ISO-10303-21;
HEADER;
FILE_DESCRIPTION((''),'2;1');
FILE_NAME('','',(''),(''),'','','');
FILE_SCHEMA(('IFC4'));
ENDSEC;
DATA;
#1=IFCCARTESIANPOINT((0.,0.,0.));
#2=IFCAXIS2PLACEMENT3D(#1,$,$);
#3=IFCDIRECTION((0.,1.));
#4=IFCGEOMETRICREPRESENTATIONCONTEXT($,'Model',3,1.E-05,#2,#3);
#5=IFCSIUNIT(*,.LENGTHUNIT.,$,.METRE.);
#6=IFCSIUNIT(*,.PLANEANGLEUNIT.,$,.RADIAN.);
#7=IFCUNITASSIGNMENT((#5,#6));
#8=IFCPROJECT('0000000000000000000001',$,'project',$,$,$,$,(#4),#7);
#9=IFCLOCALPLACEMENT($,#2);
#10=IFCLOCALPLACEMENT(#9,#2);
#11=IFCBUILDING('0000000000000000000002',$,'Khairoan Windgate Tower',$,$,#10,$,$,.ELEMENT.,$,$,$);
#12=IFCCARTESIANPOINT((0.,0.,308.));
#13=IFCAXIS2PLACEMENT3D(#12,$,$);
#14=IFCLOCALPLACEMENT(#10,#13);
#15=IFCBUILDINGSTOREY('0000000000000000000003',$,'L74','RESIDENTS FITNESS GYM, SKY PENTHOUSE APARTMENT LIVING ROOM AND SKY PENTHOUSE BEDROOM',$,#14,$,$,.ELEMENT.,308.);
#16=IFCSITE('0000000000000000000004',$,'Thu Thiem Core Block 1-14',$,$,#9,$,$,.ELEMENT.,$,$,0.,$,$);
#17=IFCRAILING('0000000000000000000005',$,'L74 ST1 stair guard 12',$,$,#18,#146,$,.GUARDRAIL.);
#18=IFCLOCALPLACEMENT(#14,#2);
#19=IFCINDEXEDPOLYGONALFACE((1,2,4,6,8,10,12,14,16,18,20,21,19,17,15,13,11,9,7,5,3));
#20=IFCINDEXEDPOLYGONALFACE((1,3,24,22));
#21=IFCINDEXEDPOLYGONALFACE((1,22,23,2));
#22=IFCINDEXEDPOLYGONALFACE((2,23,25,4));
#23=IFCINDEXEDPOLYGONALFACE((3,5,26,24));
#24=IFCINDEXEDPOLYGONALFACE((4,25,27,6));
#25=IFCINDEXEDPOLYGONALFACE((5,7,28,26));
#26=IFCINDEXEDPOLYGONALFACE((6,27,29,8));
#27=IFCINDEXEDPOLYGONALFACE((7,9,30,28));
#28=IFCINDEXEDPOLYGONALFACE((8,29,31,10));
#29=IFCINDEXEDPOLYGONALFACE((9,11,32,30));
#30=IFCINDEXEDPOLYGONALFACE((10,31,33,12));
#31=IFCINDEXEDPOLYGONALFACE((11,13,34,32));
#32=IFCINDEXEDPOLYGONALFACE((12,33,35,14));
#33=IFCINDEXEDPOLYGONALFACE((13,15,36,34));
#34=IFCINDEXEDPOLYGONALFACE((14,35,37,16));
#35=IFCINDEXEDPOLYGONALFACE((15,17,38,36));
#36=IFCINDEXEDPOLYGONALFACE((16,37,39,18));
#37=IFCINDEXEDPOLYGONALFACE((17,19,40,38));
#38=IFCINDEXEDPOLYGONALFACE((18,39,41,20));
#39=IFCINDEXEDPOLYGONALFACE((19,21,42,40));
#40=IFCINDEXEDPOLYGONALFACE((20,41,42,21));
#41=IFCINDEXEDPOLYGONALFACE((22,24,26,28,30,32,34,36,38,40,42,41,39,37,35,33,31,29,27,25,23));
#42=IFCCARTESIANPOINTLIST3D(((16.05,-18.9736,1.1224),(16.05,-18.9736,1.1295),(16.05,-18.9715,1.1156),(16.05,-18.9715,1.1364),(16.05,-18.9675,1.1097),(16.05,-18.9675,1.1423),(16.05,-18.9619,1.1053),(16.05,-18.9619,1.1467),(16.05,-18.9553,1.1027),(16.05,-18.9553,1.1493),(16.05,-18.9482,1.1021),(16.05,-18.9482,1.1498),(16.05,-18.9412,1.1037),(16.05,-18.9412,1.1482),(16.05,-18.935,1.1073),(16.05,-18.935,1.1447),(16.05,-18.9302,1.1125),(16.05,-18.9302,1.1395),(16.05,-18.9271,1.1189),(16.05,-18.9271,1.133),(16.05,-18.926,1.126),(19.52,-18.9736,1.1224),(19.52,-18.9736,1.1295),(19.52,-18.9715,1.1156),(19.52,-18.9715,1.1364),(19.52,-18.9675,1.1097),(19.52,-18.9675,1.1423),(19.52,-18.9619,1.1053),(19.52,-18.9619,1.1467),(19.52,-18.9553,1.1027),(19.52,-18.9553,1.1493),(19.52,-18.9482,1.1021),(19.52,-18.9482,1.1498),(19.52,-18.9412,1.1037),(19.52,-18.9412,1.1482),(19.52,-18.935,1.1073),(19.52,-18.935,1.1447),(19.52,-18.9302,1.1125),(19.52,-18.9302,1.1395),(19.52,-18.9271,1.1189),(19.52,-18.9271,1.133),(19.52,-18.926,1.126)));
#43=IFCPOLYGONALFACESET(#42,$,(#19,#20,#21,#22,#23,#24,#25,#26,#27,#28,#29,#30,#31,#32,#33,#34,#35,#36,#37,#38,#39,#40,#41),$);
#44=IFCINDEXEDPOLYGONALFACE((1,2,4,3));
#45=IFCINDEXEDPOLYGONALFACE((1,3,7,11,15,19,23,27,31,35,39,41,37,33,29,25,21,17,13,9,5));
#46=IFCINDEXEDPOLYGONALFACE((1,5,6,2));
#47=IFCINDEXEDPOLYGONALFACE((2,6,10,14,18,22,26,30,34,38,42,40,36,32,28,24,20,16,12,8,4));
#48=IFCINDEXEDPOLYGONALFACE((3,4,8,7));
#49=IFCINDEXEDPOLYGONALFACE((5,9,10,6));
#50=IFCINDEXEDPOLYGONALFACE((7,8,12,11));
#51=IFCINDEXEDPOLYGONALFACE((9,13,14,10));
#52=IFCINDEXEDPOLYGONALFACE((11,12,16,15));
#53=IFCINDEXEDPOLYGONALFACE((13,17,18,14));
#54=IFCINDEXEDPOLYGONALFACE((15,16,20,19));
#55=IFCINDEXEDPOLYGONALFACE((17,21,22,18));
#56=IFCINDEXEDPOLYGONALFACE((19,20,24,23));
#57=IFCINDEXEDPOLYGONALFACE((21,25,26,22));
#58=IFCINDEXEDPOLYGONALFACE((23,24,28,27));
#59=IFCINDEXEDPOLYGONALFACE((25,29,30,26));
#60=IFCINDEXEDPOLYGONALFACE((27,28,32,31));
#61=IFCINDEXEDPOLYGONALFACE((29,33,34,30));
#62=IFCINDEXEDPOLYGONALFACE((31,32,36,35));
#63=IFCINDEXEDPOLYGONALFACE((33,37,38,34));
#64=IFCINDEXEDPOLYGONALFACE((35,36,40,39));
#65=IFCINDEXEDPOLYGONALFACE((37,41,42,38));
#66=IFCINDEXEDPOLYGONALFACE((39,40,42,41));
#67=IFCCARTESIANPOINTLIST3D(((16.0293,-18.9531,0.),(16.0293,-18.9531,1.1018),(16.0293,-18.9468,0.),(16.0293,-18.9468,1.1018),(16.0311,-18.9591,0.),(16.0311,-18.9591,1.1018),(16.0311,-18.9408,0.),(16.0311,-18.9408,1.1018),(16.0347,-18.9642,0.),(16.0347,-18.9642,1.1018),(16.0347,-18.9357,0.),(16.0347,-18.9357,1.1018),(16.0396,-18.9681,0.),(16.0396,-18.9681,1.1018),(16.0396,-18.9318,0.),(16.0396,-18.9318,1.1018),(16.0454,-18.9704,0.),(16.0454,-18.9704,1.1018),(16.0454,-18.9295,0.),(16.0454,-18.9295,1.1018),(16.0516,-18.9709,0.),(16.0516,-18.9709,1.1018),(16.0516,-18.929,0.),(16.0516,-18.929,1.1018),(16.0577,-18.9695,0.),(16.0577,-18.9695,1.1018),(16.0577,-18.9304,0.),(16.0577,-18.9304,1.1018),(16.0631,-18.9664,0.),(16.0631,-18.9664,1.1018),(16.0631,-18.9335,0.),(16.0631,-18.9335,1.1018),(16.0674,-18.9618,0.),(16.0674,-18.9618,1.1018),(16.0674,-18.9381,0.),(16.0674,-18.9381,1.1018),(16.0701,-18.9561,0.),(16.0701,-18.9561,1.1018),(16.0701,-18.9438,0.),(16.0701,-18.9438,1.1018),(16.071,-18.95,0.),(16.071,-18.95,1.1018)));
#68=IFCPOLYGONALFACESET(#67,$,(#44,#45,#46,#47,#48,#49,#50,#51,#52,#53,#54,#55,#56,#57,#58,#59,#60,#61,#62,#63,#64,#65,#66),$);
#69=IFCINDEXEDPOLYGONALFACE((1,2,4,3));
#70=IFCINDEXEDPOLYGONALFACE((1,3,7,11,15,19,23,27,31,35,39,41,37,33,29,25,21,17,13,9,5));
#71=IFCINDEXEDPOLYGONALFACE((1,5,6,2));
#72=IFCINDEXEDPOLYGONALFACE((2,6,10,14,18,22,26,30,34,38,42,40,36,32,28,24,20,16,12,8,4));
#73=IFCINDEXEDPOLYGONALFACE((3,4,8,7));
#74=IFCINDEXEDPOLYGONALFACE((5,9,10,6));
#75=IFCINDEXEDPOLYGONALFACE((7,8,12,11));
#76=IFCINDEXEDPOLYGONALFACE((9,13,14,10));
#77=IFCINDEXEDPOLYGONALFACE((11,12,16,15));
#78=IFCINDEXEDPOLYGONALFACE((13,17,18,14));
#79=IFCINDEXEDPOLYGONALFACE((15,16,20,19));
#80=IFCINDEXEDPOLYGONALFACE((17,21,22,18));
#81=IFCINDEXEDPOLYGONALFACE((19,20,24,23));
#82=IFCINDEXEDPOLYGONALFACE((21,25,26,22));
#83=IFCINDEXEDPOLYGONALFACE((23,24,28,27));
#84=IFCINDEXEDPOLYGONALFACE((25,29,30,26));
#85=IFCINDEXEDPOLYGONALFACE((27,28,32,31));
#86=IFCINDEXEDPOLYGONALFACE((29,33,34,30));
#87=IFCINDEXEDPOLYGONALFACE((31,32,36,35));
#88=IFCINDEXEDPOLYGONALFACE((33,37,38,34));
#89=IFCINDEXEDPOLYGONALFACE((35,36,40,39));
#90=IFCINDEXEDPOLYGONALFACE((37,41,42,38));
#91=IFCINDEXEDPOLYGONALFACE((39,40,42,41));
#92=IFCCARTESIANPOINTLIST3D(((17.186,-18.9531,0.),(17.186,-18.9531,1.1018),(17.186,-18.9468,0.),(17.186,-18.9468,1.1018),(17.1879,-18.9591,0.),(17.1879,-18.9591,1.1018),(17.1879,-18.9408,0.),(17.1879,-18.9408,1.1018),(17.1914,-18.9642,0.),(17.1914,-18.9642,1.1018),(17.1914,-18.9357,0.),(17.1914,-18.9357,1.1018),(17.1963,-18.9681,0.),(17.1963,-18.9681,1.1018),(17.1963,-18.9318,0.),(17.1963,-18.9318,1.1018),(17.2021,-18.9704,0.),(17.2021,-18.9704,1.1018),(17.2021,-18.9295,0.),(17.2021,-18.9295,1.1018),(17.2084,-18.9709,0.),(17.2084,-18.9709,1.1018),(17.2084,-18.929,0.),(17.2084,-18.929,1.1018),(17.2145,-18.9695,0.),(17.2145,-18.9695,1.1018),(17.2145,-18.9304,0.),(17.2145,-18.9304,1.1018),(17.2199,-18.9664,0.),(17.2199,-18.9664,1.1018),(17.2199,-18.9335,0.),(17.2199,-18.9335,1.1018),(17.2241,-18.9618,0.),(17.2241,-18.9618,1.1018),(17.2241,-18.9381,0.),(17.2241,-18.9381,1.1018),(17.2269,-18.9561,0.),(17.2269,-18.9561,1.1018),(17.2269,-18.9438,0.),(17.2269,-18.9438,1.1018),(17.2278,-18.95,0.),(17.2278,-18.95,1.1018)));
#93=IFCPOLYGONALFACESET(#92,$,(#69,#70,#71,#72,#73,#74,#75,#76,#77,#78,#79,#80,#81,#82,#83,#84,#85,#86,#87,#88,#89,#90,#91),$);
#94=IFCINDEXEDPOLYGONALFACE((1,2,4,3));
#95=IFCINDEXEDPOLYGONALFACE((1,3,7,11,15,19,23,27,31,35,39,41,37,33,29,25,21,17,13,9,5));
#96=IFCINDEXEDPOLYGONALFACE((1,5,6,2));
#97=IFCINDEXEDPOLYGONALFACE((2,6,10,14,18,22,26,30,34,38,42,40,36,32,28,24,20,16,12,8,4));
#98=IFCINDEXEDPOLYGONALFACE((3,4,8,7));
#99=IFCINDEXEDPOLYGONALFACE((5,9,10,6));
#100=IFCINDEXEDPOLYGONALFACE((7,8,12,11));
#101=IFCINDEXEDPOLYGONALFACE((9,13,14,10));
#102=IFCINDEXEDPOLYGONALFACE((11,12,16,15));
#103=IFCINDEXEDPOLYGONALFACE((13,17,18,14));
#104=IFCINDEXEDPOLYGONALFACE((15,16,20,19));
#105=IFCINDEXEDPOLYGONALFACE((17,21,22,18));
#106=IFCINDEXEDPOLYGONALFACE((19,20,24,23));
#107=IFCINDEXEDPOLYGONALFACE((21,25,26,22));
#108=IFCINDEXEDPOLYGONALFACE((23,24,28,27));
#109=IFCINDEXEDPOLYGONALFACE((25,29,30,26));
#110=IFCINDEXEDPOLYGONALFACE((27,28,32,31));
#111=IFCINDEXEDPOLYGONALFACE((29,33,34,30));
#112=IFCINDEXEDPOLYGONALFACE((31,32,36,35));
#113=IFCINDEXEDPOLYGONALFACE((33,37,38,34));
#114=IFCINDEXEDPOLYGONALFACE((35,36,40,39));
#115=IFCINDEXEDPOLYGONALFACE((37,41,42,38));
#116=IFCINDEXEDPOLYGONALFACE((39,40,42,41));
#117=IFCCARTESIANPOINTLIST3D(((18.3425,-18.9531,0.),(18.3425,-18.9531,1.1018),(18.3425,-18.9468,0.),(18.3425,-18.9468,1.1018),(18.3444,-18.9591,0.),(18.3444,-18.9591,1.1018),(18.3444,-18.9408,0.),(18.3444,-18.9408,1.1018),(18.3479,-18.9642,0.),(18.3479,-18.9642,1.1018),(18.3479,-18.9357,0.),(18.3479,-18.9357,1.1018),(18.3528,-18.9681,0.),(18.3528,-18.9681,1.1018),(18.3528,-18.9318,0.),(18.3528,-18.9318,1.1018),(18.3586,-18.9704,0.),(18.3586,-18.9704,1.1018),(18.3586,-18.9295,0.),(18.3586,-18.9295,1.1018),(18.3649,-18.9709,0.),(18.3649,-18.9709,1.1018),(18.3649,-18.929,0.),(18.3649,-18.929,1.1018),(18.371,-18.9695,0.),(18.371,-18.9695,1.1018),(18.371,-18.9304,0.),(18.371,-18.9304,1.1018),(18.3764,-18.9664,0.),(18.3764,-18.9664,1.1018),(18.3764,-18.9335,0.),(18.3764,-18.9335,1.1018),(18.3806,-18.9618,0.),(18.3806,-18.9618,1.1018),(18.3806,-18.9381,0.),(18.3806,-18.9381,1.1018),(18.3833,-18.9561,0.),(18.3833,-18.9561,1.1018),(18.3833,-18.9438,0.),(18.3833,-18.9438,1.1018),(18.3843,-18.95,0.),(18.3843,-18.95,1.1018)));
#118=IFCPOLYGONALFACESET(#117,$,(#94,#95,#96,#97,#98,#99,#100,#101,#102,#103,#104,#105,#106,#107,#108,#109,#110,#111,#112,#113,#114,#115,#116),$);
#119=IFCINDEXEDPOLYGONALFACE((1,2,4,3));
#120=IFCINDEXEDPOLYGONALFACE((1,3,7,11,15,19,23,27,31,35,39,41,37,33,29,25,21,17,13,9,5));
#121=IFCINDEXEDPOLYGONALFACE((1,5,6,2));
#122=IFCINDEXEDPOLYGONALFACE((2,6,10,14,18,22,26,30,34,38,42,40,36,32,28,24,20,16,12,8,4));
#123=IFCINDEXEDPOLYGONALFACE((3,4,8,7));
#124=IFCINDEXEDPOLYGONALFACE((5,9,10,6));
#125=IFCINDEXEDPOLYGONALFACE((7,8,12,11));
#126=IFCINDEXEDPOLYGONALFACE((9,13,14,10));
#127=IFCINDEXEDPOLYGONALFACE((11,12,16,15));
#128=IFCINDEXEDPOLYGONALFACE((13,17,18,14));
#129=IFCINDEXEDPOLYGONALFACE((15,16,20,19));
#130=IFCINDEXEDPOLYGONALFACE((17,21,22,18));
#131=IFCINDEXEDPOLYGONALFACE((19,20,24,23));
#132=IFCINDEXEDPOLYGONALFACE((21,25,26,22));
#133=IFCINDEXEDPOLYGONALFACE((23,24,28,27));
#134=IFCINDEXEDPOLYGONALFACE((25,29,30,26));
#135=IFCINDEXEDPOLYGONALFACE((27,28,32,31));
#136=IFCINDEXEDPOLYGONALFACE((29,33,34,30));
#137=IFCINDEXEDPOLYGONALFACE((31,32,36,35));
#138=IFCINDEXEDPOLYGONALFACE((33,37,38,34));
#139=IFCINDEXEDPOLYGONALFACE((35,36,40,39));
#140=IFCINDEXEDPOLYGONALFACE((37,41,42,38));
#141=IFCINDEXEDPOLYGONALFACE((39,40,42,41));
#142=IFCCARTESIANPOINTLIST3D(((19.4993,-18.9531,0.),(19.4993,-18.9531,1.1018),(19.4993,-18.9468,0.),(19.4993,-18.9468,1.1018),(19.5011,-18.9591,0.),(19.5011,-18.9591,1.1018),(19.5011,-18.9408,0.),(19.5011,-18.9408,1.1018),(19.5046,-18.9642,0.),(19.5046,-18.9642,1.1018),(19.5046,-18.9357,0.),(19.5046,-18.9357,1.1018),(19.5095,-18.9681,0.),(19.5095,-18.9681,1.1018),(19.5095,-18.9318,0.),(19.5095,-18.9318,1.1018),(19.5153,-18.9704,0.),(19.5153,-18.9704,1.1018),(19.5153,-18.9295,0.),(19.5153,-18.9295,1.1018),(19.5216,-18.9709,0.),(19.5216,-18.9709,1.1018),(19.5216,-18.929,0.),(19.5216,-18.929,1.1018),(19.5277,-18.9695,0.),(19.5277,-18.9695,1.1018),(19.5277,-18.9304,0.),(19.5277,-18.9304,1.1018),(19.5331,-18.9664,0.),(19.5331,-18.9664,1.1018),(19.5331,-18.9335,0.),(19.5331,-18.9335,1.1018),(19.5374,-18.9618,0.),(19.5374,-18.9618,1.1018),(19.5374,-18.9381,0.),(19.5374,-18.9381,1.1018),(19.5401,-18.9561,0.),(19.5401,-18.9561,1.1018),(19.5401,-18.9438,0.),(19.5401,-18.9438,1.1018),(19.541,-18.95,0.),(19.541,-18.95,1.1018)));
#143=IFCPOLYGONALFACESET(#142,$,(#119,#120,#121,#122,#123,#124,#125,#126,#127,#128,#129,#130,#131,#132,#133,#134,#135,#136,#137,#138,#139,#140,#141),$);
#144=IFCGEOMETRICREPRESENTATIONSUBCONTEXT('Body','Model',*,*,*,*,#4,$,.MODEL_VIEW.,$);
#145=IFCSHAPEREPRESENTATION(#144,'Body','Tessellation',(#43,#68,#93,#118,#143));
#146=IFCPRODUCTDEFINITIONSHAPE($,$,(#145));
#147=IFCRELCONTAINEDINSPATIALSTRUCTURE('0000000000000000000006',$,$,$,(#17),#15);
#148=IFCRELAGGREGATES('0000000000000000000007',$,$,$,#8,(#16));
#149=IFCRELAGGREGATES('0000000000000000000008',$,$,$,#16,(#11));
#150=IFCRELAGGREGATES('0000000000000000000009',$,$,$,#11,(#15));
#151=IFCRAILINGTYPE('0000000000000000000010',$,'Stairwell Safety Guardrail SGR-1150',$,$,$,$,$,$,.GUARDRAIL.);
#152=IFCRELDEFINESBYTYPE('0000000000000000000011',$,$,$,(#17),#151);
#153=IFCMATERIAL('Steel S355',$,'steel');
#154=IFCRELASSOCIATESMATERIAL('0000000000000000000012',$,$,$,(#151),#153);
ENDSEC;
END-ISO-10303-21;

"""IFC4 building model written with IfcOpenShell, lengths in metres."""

from ifc_helpers import new_model, si_unit, direction, frame, origin, origin_2d, place, context, subcontext, project, spatial, circle, extrude, material, type_object, element, save


model = new_model("IFC4")

# Units and contexts
model_context = context("Model", 3, precision=1e-05, world=origin(), true_north=direction((0.0, 1.0)))
body_context = subcontext(model_context, "Body", "Model", "MODEL_VIEW")
ifc_project = project(units=[si_unit("LENGTHUNIT", "METRE"), si_unit("PLANEANGLEUNIT", "RADIAN")], contexts=[model_context])

# Site, building, storey
site_placement = place(None, origin())
site = spatial("IfcSite", under=ifc_project, at=site_placement, Name="Thu Thiem Core Block 1-14", CompositionType="ELEMENT", RefElevation=0.0)
building_placement = place(site_placement, origin())
building = spatial("IfcBuilding", under=site, at=building_placement, Name="Khairoan Windgate Tower", CompositionType="ELEMENT")
storey_placement = place(building_placement, frame((0.0, 0.0, 308.0)))
storey = spatial("IfcBuildingStorey", under=building, at=storey_placement, Name="L74", Description="RESIDENTS FITNESS GYM, SKY PENTHOUSE APARTMENT LIVING ROOM AND SKY PENTHOUSE BEDROOM", CompositionType="ELEMENT", Elevation=308.0)

# Railing
ifc_material_1 = material(Name="Steel S355", Category="steel")
railing_type = type_object("IfcRailingType", Name="Stairwell Safety Guardrail SGR-1150", PredefinedType="GUARDRAIL", material=ifc_material_1)
railing_1_placement = place(storey_placement, frame((16.05, -18.95, 0.0)))
element("IfcRailing", 1, at=railing_1_placement, inside=storey, type_object=railing_type, Name="L74 ST1 stair guard 12", PredefinedType="GUARDRAIL", context=body_context, shape_type="SweptSolid", body=[
    extrude(circle(Radius=0.0239, at=origin_2d()), frame((0.0, 0.0, 1.126), z_axis=(1.0, 0.0, 0.0), x_axis=(0.0, 1.0, 0.0)), (0.0, 0.0, 1.0), 3.47),
    extrude(circle(Radius=0.021, at=origin_2d()), origin(), (0.0, 0.0, 1.0), 1.1018),
    extrude(circle(Radius=0.021, at=origin_2d()), frame((1.1567, 0.0, 0.0)), (0.0, 0.0, 1.0), 1.1018),
    extrude(circle(Radius=0.021, at=origin_2d()), frame((2.3132, 0.0, 0.0)), (0.0, 0.0, 1.0), 1.1018),
    extrude(circle(Radius=0.021, at=origin_2d()), frame((3.47, 0.0, 0.0)), (0.0, 0.0, 1.0), 1.1018),
])

save(model, "model.ifc")
